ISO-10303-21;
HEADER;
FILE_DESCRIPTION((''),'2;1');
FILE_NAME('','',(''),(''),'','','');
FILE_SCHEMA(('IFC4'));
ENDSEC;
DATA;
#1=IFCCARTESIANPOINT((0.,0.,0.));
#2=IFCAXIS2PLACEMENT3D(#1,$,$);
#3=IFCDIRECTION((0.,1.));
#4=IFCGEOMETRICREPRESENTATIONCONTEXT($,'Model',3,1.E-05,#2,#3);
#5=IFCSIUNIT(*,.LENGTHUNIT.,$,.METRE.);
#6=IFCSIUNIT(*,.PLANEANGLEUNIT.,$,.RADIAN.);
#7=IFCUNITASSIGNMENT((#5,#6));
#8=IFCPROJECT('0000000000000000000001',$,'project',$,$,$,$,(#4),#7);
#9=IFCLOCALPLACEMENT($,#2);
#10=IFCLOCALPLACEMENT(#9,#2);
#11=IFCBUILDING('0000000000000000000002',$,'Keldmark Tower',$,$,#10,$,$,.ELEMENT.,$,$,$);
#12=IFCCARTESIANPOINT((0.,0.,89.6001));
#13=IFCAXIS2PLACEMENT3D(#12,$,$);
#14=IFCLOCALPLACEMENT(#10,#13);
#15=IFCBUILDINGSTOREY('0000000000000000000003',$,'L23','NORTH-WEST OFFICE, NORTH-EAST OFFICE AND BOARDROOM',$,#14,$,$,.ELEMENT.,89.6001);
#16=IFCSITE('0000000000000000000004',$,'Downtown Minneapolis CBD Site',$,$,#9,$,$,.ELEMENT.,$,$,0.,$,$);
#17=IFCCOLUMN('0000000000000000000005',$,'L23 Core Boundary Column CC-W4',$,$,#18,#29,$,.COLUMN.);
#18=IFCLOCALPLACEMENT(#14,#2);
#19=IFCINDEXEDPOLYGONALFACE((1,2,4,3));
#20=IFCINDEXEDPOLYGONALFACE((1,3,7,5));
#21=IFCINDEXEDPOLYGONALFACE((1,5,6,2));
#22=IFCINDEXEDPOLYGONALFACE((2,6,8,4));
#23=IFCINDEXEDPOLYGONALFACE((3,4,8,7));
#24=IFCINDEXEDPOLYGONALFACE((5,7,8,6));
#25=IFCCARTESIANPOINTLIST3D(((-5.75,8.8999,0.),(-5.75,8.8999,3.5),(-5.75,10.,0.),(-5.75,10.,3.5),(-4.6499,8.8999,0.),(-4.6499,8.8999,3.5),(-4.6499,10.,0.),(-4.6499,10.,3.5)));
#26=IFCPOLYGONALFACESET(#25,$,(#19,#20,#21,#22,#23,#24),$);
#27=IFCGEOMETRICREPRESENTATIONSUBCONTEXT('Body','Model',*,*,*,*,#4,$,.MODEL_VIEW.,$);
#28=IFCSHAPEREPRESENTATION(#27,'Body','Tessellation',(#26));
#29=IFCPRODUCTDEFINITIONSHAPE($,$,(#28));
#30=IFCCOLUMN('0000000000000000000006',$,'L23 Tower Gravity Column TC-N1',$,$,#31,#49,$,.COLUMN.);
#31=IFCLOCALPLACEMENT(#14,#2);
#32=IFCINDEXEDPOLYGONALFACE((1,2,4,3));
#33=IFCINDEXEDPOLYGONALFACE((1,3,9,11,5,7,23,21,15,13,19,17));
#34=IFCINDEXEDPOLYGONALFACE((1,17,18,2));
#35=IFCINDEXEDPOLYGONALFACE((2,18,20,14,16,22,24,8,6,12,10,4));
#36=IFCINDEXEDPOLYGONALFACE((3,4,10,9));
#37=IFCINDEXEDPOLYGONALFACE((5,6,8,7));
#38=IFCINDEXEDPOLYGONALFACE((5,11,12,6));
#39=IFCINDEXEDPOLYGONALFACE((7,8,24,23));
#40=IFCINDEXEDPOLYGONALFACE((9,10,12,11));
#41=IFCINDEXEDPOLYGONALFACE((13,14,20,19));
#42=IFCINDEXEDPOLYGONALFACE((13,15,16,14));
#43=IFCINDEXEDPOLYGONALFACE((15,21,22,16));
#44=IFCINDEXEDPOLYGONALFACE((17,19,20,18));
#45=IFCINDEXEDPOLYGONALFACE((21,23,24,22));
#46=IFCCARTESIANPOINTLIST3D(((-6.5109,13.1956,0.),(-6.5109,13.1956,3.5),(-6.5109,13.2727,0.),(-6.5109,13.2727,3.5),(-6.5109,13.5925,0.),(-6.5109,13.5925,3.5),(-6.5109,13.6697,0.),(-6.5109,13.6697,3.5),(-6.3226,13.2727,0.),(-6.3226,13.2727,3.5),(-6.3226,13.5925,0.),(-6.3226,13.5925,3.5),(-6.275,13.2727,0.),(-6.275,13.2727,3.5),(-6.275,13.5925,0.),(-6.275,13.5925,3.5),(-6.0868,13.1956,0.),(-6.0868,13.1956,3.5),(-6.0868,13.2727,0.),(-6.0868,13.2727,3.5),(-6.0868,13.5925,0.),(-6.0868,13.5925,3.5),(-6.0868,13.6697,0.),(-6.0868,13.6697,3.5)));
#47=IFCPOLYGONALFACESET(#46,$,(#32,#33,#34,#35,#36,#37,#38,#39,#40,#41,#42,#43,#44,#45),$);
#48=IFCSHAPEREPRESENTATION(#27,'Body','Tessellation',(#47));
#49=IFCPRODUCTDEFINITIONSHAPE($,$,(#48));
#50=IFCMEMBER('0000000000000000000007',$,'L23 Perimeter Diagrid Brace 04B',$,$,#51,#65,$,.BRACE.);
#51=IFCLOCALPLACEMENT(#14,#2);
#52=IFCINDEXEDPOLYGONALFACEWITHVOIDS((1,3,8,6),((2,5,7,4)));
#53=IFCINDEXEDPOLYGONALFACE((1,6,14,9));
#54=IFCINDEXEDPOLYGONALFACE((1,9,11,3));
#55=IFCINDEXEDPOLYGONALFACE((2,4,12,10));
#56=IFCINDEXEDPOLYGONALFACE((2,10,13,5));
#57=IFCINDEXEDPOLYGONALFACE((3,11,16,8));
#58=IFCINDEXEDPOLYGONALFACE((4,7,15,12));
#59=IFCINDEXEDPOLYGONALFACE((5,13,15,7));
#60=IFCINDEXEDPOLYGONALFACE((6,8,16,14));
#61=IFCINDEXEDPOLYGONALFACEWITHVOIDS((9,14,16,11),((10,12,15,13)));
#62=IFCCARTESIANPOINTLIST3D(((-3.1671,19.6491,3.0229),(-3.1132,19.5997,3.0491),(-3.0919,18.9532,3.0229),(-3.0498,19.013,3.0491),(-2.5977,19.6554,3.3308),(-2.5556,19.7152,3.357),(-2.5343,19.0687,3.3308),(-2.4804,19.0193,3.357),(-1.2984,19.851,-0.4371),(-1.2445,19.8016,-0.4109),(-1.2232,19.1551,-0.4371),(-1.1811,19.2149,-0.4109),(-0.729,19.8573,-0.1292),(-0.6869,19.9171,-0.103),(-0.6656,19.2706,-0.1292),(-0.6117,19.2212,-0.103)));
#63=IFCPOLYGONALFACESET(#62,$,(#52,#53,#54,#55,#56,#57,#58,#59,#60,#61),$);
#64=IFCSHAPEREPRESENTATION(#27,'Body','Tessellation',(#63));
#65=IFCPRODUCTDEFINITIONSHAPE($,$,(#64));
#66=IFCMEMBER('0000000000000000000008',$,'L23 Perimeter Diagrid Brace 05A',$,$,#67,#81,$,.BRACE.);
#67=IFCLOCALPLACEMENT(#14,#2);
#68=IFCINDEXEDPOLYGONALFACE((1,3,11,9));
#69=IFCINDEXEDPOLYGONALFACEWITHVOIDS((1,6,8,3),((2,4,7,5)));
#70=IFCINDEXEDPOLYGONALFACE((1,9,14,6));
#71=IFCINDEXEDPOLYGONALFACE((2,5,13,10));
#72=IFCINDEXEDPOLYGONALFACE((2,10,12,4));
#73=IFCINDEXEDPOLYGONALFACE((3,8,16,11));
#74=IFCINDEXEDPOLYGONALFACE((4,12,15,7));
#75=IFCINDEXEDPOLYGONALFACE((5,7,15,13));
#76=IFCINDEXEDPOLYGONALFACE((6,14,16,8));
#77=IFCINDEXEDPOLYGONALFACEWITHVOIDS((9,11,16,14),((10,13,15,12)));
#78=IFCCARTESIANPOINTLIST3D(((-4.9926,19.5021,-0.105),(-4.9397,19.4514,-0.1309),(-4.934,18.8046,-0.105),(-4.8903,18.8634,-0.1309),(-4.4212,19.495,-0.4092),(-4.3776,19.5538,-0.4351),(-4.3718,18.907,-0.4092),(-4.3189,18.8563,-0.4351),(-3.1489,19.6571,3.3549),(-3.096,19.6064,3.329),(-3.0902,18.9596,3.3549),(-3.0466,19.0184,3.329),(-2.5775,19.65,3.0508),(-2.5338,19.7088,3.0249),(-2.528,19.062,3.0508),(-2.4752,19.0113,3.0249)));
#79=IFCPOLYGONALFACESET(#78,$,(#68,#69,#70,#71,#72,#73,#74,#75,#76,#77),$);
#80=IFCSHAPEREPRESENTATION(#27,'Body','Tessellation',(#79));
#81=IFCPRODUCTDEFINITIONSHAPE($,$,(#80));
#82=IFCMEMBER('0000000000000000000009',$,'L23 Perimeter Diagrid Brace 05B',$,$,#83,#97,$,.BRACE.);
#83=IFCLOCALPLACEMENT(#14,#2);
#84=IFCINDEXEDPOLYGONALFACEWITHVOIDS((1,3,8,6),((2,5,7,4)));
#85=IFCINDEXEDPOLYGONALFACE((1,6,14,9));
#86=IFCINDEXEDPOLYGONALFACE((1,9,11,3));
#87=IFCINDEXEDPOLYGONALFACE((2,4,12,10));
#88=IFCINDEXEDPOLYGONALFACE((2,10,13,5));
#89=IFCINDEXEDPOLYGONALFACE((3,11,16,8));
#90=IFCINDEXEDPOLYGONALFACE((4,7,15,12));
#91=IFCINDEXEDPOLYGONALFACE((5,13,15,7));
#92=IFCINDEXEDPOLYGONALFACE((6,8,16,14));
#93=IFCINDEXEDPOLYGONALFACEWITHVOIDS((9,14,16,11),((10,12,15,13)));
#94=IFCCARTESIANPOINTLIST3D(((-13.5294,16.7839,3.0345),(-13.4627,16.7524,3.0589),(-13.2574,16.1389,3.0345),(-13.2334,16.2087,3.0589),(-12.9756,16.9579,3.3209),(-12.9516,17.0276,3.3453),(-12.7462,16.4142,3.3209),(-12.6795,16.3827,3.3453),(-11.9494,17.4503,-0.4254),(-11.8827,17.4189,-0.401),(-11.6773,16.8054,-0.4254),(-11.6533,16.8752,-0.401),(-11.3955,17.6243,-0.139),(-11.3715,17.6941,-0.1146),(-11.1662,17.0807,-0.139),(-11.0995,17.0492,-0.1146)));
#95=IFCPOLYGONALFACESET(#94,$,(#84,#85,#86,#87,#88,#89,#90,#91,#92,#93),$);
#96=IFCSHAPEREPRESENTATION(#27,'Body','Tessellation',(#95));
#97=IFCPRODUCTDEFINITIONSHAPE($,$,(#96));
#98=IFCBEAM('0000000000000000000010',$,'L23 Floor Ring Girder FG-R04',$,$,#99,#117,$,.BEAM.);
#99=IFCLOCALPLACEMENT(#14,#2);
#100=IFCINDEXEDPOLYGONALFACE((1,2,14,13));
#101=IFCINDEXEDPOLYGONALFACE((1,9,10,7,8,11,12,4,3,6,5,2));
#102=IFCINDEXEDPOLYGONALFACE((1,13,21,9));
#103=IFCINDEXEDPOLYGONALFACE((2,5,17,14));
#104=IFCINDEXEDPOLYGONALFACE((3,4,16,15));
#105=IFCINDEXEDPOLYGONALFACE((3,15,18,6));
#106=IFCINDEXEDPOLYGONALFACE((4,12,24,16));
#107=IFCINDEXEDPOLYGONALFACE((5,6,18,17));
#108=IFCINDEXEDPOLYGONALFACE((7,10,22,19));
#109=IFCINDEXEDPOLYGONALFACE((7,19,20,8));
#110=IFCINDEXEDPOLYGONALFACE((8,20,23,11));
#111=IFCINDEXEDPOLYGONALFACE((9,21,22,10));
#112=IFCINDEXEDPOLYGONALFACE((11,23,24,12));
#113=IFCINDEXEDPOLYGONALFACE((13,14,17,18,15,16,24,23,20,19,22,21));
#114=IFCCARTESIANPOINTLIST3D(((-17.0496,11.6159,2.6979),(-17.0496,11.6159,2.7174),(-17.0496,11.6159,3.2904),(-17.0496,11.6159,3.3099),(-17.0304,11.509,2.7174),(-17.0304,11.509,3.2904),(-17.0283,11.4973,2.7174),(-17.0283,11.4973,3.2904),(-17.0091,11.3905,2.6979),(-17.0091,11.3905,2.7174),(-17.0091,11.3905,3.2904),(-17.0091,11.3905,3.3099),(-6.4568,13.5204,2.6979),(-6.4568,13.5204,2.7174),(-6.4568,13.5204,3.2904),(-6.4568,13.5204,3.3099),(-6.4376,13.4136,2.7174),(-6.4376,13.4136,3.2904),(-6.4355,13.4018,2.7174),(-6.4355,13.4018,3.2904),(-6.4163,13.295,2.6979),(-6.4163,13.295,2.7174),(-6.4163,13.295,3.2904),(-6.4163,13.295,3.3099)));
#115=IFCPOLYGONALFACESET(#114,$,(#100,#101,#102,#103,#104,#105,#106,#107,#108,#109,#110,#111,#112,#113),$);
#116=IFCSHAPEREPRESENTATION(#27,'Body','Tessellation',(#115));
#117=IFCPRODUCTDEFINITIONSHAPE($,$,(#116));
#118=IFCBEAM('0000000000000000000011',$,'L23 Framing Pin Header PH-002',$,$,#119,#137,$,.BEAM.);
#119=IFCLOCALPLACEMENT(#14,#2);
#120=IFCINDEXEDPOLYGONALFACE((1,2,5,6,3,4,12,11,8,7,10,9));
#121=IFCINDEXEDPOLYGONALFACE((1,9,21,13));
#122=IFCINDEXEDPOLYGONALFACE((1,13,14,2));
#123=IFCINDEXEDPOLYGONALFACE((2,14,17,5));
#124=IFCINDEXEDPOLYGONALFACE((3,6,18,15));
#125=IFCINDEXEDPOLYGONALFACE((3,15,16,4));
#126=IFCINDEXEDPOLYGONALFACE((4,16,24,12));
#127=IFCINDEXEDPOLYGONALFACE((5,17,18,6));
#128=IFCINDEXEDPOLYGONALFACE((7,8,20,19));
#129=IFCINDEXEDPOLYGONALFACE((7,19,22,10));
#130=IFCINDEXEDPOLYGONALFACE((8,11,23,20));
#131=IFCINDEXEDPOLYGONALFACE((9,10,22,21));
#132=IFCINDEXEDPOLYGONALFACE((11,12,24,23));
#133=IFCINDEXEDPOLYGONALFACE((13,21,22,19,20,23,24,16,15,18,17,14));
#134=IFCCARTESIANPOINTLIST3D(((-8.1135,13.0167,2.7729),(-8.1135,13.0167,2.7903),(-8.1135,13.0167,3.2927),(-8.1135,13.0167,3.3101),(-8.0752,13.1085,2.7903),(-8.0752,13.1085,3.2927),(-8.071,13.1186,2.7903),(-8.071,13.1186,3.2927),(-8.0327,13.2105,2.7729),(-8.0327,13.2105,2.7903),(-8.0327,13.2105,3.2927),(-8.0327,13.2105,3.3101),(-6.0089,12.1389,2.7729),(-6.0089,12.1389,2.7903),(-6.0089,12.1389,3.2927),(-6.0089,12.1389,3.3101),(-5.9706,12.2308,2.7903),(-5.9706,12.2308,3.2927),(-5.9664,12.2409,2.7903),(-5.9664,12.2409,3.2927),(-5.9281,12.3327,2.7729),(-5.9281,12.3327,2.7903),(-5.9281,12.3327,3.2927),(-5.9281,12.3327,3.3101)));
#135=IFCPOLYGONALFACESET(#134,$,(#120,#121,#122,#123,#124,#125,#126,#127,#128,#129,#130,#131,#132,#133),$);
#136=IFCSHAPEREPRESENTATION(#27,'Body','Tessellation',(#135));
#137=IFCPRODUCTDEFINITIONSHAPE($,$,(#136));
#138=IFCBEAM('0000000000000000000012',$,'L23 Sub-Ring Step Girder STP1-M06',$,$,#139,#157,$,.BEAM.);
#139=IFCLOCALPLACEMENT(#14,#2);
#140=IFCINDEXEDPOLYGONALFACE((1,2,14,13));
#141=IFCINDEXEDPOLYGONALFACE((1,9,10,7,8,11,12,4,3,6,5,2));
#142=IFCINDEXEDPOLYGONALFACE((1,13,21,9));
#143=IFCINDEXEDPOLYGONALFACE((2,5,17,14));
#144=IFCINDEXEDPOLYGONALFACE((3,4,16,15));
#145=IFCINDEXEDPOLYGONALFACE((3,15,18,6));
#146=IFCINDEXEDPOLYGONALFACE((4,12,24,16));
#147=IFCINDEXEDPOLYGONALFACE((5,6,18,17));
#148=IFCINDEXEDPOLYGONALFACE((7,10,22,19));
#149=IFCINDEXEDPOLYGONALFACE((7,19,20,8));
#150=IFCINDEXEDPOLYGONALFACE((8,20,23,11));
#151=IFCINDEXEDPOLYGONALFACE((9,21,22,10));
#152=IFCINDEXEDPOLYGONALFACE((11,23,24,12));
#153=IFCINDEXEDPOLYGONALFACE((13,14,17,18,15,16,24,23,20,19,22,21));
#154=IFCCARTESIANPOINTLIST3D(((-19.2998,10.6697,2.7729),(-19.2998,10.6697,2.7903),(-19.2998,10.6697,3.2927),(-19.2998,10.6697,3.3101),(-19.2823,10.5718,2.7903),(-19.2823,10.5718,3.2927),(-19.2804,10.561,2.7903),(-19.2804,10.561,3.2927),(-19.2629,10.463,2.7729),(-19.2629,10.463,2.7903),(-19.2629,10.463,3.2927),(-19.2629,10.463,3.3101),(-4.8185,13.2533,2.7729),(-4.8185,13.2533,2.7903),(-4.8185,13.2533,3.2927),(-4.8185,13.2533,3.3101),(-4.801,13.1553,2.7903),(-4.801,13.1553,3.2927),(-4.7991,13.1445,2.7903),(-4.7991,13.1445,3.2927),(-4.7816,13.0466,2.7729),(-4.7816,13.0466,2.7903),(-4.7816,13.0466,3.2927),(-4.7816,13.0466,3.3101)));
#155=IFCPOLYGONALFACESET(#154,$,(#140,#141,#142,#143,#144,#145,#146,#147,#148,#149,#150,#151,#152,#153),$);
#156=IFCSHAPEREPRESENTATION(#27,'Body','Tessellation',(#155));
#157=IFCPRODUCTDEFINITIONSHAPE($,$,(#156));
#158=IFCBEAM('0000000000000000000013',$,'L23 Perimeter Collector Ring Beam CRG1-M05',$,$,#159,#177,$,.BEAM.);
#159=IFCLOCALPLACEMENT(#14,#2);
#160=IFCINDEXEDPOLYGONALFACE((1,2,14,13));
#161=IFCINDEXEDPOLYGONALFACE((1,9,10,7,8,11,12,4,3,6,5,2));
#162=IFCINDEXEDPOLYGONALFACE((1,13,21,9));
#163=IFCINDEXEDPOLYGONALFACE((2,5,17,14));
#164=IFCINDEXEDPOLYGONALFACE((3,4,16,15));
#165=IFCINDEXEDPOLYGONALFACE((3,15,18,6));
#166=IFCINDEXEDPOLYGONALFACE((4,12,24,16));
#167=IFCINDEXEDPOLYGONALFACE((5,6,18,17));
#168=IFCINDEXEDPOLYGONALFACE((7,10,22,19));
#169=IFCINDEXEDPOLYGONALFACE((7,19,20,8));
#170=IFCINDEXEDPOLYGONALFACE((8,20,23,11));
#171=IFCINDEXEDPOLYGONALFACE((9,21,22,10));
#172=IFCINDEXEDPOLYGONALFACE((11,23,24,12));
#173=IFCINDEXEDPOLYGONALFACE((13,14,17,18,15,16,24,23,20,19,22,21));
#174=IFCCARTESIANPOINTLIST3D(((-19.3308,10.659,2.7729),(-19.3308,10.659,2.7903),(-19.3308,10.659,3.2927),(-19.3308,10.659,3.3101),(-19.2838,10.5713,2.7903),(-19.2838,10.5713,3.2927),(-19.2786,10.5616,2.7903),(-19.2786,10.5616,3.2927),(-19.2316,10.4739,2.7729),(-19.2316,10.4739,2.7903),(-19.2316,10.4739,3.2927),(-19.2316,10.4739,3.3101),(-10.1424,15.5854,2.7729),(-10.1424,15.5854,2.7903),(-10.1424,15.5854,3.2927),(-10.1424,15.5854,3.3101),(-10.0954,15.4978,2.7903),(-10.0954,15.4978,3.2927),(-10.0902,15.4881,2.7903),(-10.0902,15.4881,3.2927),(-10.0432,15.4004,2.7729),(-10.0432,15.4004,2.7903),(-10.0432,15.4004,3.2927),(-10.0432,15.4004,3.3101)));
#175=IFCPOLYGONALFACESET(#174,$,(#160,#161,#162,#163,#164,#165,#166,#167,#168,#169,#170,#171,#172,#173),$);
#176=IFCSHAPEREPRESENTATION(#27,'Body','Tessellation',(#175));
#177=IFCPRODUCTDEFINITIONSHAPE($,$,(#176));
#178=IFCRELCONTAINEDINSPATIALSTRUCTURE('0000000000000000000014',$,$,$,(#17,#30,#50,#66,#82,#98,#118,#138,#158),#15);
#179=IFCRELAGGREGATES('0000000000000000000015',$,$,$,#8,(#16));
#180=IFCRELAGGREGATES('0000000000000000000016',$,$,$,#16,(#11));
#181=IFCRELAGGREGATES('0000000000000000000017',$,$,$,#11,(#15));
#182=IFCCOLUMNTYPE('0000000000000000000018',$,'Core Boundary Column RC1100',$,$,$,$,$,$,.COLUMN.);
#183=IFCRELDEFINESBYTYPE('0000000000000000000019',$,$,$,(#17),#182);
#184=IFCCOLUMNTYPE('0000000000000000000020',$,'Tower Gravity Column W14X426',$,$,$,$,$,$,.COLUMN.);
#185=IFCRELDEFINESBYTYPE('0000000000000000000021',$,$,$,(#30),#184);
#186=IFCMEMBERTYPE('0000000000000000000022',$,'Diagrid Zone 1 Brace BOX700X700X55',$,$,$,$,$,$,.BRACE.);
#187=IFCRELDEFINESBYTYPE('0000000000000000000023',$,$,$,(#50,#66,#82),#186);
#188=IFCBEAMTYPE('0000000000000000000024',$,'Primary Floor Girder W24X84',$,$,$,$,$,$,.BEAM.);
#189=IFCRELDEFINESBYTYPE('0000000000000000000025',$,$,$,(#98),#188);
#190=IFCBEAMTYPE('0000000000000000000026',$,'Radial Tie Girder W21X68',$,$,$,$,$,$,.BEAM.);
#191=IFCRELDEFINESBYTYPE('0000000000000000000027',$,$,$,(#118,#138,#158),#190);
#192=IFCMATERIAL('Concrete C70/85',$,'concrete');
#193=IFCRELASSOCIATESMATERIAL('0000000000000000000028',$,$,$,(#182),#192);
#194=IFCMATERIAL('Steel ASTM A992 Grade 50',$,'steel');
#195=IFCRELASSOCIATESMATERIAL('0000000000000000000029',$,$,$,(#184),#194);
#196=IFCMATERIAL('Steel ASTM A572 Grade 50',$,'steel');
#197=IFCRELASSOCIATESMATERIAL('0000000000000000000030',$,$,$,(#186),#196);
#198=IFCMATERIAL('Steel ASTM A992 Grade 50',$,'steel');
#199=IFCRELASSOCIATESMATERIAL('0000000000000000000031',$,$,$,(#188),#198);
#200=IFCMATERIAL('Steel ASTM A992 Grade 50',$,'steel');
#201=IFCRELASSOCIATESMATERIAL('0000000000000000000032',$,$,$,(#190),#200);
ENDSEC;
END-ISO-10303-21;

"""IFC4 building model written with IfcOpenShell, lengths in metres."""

from ifc_helpers import new_model, si_unit, direction, frame, origin, origin_2d, place, context, subcontext, project, spatial, rectangle, hollow_rectangle, i_section, extrude, material, material_profile, profile_set, type_object, element, save


model = new_model("IFC4")

# Units and contexts
model_context = context("Model", 3, precision=1e-05, world=origin(), true_north=direction((0.0, 1.0)))
body_context = subcontext(model_context, "Body", "Model", "MODEL_VIEW")
ifc_project = project(units=[si_unit("LENGTHUNIT", "METRE"), si_unit("PLANEANGLEUNIT", "RADIAN")], contexts=[model_context])

# Site, building, storey
site_placement = place(None, origin())
site = spatial("IfcSite", under=ifc_project, at=site_placement, Name="Downtown Minneapolis CBD Site", CompositionType="ELEMENT", RefElevation=0.0)
building_placement = place(site_placement, origin())
building = spatial("IfcBuilding", under=site, at=building_placement, Name="Keldmark Tower", CompositionType="ELEMENT")
storey_placement = place(building_placement, frame((0.0, 0.0, 89.6001)))
storey = spatial("IfcBuildingStorey", under=building, at=storey_placement, Name="L23", Description="NORTH-WEST OFFICE, NORTH-EAST OFFICE AND BOARDROOM", CompositionType="ELEMENT", Elevation=89.6001)

# Columns
ifc_material_1 = material(Name="Concrete C70/85", Category="concrete")
ifc_material_profile_1 = material_profile(ifc_material_1, rectangle(XDim=1.1001, YDim=1.1001, at=origin_2d()), Name="RC1100X1100")
ifc_profile_set_1 = profile_set([ifc_material_profile_1], Name="Concrete C70/85")
column_type_1 = type_object("IfcColumnType", Name="Core Boundary Column RC1100", PredefinedType="COLUMN", material=ifc_profile_set_1)
column_1_placement = place(storey_placement, frame((-5.2, 9.45, 0.0), z_axis=(0.0, 0.0, 1.0), x_axis=(1.0, 0.0, 0.0)))
element("IfcColumn", 1, at=column_1_placement, inside=storey, type_object=column_type_1, Name="L23 Core Boundary Column CC-W4", PredefinedType="COLUMN", context=body_context, shape_type="SweptSolid", body=[
    extrude(rectangle(XDim=1.1001, YDim=1.1001, at=origin_2d()), origin(), (0.0, 0.0, 1.0), 3.5),
])
ifc_material_2 = material(Name="Steel ASTM A992 Grade 50", Category="steel")
ifc_material_profile_2 = material_profile(ifc_material_2, i_section(OverallWidth=0.4241, OverallDepth=0.4741, WebThickness=0.0476, FlangeThickness=0.0771, at=origin_2d()), Name="W14X426")
ifc_profile_set_2 = profile_set([ifc_material_profile_2], Name="Steel ASTM A992 Grade 50")
column_type_2 = type_object("IfcColumnType", Name="Tower Gravity Column W14X426", PredefinedType="COLUMN", material=ifc_profile_set_2)
column_2_placement = place(storey_placement, frame((-6.2988, 13.4326, 0.0), z_axis=(0.0, 0.0, 1.0), x_axis=(1.0, 0.0, 0.0)))
element("IfcColumn", 2, at=column_2_placement, inside=storey, type_object=column_type_2, Name="L23 Tower Gravity Column TC-N1", PredefinedType="COLUMN", context=body_context, shape_type="SweptSolid", body=[
    extrude(i_section(OverallWidth=0.4241, OverallDepth=0.4741, WebThickness=0.0476, FlangeThickness=0.0771, at=origin_2d()), origin(), (0.0, 0.0, 1.0), 3.5),
])

# Members
ifc_material_3 = material(Name="Steel ASTM A572 Grade 50", Category="steel")
ifc_material_profile_3 = material_profile(ifc_material_3, hollow_rectangle(XDim=0.7, YDim=0.7, WallThickness=0.0549, at=origin_2d()), Name="BOX700X700X55")
ifc_profile_set_3 = profile_set([ifc_material_profile_3], Name="Steel ASTM A572 Grade 50")
member_type = type_object("IfcMemberType", Name="Diagrid Zone 1 Brace BOX700X700X55", PredefinedType="BRACE", material=ifc_profile_set_3)
member_1_placement = place(storey_placement, frame((-0.9551, 19.5361, -0.27), z_axis=(-0.474578, -0.051277, 0.878719), x_axis=(0.107423, -0.994213, 0.0)))
element("IfcMember", 3, at=member_1_placement, inside=storey, type_object=member_type, Name="L23 Perimeter Diagrid Brace 04B", PredefinedType="BRACE", context=body_context, shape_type="SweptSolid", body=[
    extrude(hollow_rectangle(XDim=0.7, YDim=0.7, WallThickness=0.0549, at=origin_2d()), origin(), (0.0, 0.0, 1.0), 3.9375),
])
member_2_placement = place(storey_placement, frame((-4.6558, 19.1792, -0.27), z_axis=(0.469911, 0.039512, 0.881829), x_axis=(-0.083788, 0.996484, 0.0)))
element("IfcMember", 4, at=member_2_placement, inside=storey, type_object=member_type, Name="L23 Perimeter Diagrid Brace 05A", PredefinedType="BRACE", context=body_context, shape_type="SweptSolid", body=[
    extrude(hollow_rectangle(XDim=0.7, YDim=0.7, WallThickness=0.0549, at=origin_2d()), origin(), (0.0, 0.0, 1.0), 3.9236),
])
member_3_placement = place(storey_placement, frame((-11.5244, 17.2498, -0.27), z_axis=(-0.409174, -0.172596, 0.895984), x_axis=(0.388655, -0.921383, 0.0)))
element("IfcMember", 5, at=member_3_placement, inside=storey, type_object=member_type, Name="L23 Perimeter Diagrid Brace 05B", PredefinedType="BRACE", context=body_context, shape_type="SweptSolid", body=[
    extrude(hollow_rectangle(XDim=0.7, YDim=0.7, WallThickness=0.0549, at=origin_2d()), origin(), (0.0, 0.0, 1.0), 3.8616),
])

# Beams
ifc_material_4 = material(Name="Steel ASTM A992 Grade 50", Category="steel")
ifc_material_profile_4 = material_profile(ifc_material_4, i_section(OverallWidth=0.229, OverallDepth=0.6121, WebThickness=0.012, FlangeThickness=0.0195, at=origin_2d()), Name="W24X84")
ifc_profile_set_4 = profile_set([ifc_material_profile_4], Name="Steel ASTM A992 Grade 50")
beam_type_1 = type_object("IfcBeamType", Name="Primary Floor Girder W24X84", PredefinedType="BEAM", material=ifc_profile_set_4)
beam_1_placement = place(storey_placement, frame((-6.4365, 13.4077, 3.0039), z_axis=(-0.984218, -0.176959, 0.0), x_axis=(0.176959, -0.984218, 0.0)))
element("IfcBeam", 6, at=beam_1_placement, inside=storey, type_object=beam_type_1, Name="L23 Floor Ring Girder FG-R04", PredefinedType="BEAM", context=body_context, shape_type="SweptSolid", body=[
    extrude(i_section(OverallWidth=0.229, OverallDepth=0.6121, WebThickness=0.012, FlangeThickness=0.0195, at=origin_2d()), origin(), (0.0, 0.0, 1.0), 10.7627),
])
ifc_material_5 = material(Name="Steel ASTM A992 Grade 50", Category="steel")
ifc_material_profile_5 = material_profile(ifc_material_5, i_section(OverallWidth=0.21, OverallDepth=0.5371, WebThickness=0.011, FlangeThickness=0.0173, at=origin_2d()), Name="W21X68")
ifc_profile_set_5 = profile_set([ifc_material_profile_5], Name="Steel ASTM A992 Grade 50")
beam_type_2 = type_object("IfcBeamType", Name="Radial Tie Girder W21X68", PredefinedType="BEAM", material=ifc_profile_set_5)
beam_2_placement = place(storey_placement, frame((-5.9685, 12.2358, 3.0415), z_axis=(-0.92295, 0.384919, 0.0), x_axis=(-0.384919, -0.92295, 0.0)))
element("IfcBeam", 7, at=beam_2_placement, inside=storey, type_object=beam_type_2, Name="L23 Framing Pin Header PH-002", PredefinedType="BEAM", context=body_context, shape_type="SweptSolid", body=[
    extrude(i_section(OverallWidth=0.21, OverallDepth=0.5371, WebThickness=0.011, FlangeThickness=0.0173, at=origin_2d()), origin(), (0.0, 0.0, 1.0), 2.2803),
])
beam_3_placement = place(storey_placement, frame((-4.8, 13.1499, 3.0415), z_axis=(-0.984456, -0.17563, 0.0), x_axis=(0.17563, -0.984456, 0.0)))
element("IfcBeam", 8, at=beam_3_placement, inside=storey, type_object=beam_type_2, Name="L23 Sub-Ring Step Girder STP1-M06", PredefinedType="BEAM", context=body_context, shape_type="SweptSolid", body=[
    extrude(i_section(OverallWidth=0.21, OverallDepth=0.5371, WebThickness=0.011, FlangeThickness=0.0173, at=origin_2d()), origin(), (0.0, 0.0, 1.0), 14.71),
])
beam_4_placement = place(storey_placement, frame((-10.0928, 15.4929, 3.0415), z_axis=(-0.881316, -0.472528, 0.0), x_axis=(0.472528, -0.881316, 0.0)))
element("IfcBeam", 9, at=beam_4_placement, inside=storey, type_object=beam_type_2, Name="L23 Perimeter Collector Ring Beam CRG1-M05", PredefinedType="BEAM", context=body_context, shape_type="SweptSolid", body=[
    extrude(i_section(OverallWidth=0.21, OverallDepth=0.5371, WebThickness=0.011, FlangeThickness=0.0173, at=origin_2d()), origin(), (0.0, 0.0, 1.0), 10.4258),
])

save(model, "model.ifc")
